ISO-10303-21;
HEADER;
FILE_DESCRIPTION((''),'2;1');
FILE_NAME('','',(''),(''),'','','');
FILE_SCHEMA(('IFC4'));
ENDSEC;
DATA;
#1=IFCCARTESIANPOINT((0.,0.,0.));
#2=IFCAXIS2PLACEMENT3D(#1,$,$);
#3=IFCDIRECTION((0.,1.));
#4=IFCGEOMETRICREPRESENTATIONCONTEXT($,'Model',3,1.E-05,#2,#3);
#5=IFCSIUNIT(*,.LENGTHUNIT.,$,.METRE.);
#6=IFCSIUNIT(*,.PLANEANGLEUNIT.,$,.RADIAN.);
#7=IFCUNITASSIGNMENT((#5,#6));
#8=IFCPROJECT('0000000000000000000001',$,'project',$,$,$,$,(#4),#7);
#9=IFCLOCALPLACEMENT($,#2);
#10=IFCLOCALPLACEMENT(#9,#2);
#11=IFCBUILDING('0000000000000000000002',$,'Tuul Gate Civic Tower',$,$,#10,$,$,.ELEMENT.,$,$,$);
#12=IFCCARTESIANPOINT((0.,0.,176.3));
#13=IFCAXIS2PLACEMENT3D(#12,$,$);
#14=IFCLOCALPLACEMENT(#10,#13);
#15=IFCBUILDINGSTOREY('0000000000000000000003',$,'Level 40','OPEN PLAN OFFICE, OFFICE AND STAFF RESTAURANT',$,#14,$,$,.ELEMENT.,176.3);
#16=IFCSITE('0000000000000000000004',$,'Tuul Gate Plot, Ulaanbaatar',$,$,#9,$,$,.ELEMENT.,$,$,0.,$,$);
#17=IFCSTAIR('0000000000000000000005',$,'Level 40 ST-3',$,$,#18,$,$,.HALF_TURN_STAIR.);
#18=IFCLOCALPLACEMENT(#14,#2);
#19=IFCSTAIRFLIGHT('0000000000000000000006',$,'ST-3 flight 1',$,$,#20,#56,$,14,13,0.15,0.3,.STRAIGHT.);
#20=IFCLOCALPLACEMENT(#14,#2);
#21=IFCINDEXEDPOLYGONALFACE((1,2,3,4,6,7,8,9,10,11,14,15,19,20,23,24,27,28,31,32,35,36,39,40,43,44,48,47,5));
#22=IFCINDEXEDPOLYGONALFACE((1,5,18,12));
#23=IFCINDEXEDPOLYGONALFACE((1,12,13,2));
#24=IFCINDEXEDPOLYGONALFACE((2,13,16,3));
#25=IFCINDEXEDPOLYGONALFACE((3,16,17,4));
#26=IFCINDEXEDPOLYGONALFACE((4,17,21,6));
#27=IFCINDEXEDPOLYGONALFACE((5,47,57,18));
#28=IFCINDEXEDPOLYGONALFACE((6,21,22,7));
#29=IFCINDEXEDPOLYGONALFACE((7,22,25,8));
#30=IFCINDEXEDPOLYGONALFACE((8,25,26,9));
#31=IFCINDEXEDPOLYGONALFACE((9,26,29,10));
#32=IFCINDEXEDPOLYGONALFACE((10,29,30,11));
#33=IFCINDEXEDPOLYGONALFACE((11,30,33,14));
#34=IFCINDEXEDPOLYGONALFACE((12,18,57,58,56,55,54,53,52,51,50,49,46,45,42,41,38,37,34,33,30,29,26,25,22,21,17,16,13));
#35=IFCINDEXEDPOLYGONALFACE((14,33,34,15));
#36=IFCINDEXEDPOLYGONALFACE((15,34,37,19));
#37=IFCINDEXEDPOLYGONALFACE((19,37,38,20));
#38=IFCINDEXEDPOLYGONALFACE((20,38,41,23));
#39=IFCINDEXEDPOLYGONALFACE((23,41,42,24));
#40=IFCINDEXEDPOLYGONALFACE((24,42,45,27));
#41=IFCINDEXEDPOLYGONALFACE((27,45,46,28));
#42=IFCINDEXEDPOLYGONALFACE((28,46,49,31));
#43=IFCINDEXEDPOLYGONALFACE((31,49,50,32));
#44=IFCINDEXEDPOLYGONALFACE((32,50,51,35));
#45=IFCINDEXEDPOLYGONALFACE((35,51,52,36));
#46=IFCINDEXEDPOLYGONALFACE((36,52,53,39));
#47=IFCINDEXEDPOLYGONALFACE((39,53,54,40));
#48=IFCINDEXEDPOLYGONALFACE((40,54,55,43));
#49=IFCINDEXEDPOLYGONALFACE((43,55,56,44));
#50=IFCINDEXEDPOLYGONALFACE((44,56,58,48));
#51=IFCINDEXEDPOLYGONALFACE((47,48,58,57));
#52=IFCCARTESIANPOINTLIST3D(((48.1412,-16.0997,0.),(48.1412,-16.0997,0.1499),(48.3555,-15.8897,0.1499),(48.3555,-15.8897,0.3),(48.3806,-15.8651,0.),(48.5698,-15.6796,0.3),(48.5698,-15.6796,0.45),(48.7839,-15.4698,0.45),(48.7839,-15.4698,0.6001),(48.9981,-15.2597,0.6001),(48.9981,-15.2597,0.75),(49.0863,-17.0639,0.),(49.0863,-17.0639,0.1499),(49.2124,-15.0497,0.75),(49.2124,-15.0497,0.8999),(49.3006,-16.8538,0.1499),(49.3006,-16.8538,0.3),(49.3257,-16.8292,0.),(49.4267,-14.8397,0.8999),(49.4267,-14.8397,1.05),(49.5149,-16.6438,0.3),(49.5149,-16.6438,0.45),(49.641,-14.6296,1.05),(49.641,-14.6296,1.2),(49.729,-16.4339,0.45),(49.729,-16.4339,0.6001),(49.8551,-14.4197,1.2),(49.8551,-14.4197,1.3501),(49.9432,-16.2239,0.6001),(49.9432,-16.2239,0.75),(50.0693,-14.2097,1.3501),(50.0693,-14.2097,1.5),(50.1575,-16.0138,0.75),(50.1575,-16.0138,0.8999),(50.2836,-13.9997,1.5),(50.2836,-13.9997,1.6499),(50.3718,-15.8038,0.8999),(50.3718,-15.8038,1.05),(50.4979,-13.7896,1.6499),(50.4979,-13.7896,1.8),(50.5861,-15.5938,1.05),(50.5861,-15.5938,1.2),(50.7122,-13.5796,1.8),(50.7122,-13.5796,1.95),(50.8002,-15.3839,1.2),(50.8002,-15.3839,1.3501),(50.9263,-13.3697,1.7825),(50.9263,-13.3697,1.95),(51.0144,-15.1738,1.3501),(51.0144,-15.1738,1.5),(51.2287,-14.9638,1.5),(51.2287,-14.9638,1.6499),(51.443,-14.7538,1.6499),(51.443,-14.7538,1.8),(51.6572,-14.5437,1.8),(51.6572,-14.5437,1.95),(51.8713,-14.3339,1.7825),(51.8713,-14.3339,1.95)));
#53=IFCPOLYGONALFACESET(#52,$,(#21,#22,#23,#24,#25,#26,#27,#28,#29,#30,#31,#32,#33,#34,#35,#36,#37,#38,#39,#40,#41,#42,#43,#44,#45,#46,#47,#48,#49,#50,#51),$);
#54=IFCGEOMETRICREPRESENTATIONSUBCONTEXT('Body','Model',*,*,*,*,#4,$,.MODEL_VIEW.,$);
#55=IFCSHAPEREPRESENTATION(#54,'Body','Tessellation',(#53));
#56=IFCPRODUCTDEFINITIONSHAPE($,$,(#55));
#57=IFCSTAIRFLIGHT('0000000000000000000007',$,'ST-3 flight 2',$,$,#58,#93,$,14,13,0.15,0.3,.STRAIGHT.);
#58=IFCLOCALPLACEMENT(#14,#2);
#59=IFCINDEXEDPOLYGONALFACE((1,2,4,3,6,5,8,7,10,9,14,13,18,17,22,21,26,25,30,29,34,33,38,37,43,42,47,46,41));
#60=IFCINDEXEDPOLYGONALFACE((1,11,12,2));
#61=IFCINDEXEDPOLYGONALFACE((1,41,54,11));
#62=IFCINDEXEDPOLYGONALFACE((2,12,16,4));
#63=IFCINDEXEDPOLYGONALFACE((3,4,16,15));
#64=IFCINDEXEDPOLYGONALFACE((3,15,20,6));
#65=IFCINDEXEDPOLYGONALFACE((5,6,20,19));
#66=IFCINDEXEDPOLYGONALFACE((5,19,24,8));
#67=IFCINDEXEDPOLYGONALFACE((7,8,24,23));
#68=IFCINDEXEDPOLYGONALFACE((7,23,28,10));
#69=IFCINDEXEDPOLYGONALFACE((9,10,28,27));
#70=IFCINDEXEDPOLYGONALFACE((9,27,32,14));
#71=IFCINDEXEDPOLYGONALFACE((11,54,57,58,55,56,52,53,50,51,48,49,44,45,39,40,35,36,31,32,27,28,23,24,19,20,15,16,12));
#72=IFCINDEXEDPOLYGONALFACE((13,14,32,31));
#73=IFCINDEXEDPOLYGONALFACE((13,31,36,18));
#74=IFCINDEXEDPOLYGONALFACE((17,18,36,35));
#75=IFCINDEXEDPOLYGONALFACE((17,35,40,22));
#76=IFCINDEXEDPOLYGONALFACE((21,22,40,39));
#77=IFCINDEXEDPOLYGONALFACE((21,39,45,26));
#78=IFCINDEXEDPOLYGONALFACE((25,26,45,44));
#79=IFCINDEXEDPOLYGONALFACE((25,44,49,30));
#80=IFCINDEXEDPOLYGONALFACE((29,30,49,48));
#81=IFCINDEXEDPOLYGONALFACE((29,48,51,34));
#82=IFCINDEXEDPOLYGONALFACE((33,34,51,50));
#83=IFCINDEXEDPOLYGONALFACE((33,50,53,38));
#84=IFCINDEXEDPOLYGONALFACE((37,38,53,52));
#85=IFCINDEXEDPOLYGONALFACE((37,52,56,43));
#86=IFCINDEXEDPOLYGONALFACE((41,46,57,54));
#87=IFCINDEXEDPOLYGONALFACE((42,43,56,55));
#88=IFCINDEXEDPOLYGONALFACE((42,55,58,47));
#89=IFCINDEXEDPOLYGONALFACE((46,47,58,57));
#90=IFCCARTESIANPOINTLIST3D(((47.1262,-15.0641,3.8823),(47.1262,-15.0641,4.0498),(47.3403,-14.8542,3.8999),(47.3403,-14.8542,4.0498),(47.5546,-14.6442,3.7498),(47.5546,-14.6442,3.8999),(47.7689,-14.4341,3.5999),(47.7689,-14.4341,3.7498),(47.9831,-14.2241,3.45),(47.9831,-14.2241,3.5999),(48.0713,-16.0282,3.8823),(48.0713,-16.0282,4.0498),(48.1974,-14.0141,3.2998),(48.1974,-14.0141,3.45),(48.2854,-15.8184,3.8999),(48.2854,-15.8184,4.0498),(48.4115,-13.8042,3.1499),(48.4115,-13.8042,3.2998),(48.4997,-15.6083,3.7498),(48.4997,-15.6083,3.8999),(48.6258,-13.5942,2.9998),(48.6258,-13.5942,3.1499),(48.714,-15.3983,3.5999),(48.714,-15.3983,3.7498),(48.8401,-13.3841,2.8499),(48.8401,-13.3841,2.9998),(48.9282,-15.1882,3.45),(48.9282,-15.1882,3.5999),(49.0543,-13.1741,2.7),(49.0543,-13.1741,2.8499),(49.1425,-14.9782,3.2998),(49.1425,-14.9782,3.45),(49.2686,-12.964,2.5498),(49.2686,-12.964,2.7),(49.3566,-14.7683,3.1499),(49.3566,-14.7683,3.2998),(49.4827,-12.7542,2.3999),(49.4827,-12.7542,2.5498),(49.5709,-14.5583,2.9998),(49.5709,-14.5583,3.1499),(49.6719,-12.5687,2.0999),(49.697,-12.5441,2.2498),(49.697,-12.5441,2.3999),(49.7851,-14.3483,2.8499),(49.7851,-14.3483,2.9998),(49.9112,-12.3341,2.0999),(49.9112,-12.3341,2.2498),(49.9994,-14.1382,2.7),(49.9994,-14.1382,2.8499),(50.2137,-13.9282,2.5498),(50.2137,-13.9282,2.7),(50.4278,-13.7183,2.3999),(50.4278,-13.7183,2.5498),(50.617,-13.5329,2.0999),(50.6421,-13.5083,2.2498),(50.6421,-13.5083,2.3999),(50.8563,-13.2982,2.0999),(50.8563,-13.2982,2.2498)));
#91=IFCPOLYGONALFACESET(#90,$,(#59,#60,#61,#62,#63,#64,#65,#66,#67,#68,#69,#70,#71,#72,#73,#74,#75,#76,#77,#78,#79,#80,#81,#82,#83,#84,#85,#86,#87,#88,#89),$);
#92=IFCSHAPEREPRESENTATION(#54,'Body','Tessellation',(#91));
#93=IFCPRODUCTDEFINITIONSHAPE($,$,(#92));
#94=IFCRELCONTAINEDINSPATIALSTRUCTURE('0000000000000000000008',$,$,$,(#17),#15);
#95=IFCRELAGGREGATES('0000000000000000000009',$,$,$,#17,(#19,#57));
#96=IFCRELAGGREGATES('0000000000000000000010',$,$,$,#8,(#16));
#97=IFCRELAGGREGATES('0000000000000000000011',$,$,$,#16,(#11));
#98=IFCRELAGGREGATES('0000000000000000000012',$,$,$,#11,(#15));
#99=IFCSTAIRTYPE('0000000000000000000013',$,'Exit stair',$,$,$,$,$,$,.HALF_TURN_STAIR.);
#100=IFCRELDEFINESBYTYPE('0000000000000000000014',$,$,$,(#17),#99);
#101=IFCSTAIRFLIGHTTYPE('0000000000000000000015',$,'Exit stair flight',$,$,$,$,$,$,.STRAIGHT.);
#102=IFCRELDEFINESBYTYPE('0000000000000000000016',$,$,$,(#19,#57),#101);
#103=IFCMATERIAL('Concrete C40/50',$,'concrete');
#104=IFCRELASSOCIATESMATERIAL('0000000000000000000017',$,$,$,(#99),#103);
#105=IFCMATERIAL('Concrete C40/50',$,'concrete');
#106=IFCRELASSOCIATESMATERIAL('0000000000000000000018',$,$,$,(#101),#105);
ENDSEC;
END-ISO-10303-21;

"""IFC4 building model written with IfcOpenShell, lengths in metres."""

from ifc_helpers import new_model, si_unit, direction, frame, origin, place, context, subcontext, project, spatial, polyline, outline, extrude, material, type_object, element, aggregate, save


model = new_model("IFC4")

# Units and contexts
model_context = context("Model", 3, precision=1e-05, world=origin(), true_north=direction((0.0, 1.0)))
body_context = subcontext(model_context, "Body", "Model", "MODEL_VIEW")
ifc_project = project(units=[si_unit("LENGTHUNIT", "METRE"), si_unit("PLANEANGLEUNIT", "RADIAN")], contexts=[model_context])

# Site, building, storey
site_placement = place(None, origin())
site = spatial("IfcSite", under=ifc_project, at=site_placement, Name="Tuul Gate Plot, Ulaanbaatar", CompositionType="ELEMENT", RefElevation=0.0)
building_placement = place(site_placement, origin())
building = spatial("IfcBuilding", under=site, at=building_placement, Name="Tuul Gate Civic Tower", CompositionType="ELEMENT")
storey_placement = place(building_placement, frame((0.0, 0.0, 176.3)))
storey = spatial("IfcBuildingStorey", under=building, at=storey_placement, Name="Level 40", Description="OPEN PLAN OFFICE, OFFICE AND STAFF RESTAURANT", CompositionType="ELEMENT", Elevation=176.3)

# Stair, stair flights
ifc_material_1 = material(Name="Concrete C40/50", Category="concrete")
stair_type = type_object("IfcStairType", Name="Exit stair", PredefinedType="HALF_TURN_STAIR", material=ifc_material_1)
stair_placement = place(storey_placement, origin())
stair = element("IfcStair", 1, at=stair_placement, inside=storey, type_object=stair_type, Name="Level 40 ST-3", PredefinedType="HALF_TURN_STAIR")
ifc_material_2 = material(Name="Concrete C40/50", Category="concrete")
stair_flight_type = type_object("IfcStairFlightType", Name="Exit stair flight", PredefinedType="STRAIGHT", material=ifc_material_2)
stair_flight_1_placement = place(storey_placement, frame((48.6138, -16.5818, 0.0), z_axis=(0.0, 0.0, 1.0), x_axis=(0.714127, 0.700016, 0.0)))
stair_flight_1 = element("IfcStairFlight", 2, at=stair_flight_1_placement, type_object=stair_flight_type, Name="ST-3 flight 1", NumberOfRisers=14, NumberOfTreads=13, PredefinedType="STRAIGHT", RiserHeight=0.15, TreadLength=0.3, context=body_context, shape_type="SweptSolid", body=[
    extrude(outline(polyline([(0.0, 0.0), (0.0, 0.1499), (0.3, 0.1499), (0.3, 0.3), (0.6001, 0.3), (0.6001, 0.45), (0.8999, 0.45), (0.8999, 0.6001), (1.2, 0.6001), (1.2, 0.75), (1.5, 0.75), (1.5, 0.8999), (1.8, 0.8999), (1.8, 1.05), (2.1001, 1.05), (2.1001, 1.2), (2.3999, 1.2), (2.3999, 1.3501), (2.7, 1.3501), (2.7, 1.5), (3.0, 1.5), (3.0, 1.6499), (3.3, 1.6499), (3.3, 1.8), (3.6001, 1.8), (3.6001, 1.95), (3.8999, 1.95), (3.8999, 2.1001), (3.8999, 1.7825), (0.3352, 0.0), (0.0, 0.0)])), frame((0.0, 0.675, 0.0), z_axis=(0.0, -1.0, 0.0), x_axis=(1.0, 0.0, 0.0)), (0.0, 0.0, 1.0), 1.3501),
])
stair_flight_2_placement = place(storey_placement, frame((50.3838, -12.8162, 2.0999), z_axis=(0.0, 0.0, 1.0), x_axis=(-0.714127, -0.700016, 0.0)))
stair_flight_2 = element("IfcStairFlight", 3, at=stair_flight_2_placement, type_object=stair_flight_type, Name="ST-3 flight 2", NumberOfRisers=14, NumberOfTreads=13, PredefinedType="STRAIGHT", RiserHeight=0.15, TreadLength=0.3, context=body_context, shape_type="SweptSolid", body=[
    extrude(outline(polyline([(0.0, 0.0), (0.0, 0.1499), (0.3, 0.1499), (0.3, 0.3), (0.6001, 0.3), (0.6001, 0.45), (0.8999, 0.45), (0.8999, 0.6001), (1.2, 0.6001), (1.2, 0.75), (1.5, 0.75), (1.5, 0.8999), (1.8, 0.8999), (1.8, 1.05), (2.1001, 1.05), (2.1001, 1.2), (2.3999, 1.2), (2.3999, 1.3501), (2.7, 1.3501), (2.7, 1.5), (3.0, 1.5), (3.0, 1.6499), (3.3, 1.6499), (3.3, 1.8), (3.6001, 1.8), (3.6001, 1.95), (3.8999, 1.95), (3.8999, 2.1001), (3.8999, 1.7825), (0.3352, 0.0), (0.0, 0.0)])), frame((0.0, 0.675, 0.0), z_axis=(0.0, -1.0, 0.0), x_axis=(1.0, 0.0, 0.0)), (0.0, 0.0, 1.0), 1.3501),
])
aggregate(stair, [stair_flight_1, stair_flight_2])

save(model, "model.ifc")
